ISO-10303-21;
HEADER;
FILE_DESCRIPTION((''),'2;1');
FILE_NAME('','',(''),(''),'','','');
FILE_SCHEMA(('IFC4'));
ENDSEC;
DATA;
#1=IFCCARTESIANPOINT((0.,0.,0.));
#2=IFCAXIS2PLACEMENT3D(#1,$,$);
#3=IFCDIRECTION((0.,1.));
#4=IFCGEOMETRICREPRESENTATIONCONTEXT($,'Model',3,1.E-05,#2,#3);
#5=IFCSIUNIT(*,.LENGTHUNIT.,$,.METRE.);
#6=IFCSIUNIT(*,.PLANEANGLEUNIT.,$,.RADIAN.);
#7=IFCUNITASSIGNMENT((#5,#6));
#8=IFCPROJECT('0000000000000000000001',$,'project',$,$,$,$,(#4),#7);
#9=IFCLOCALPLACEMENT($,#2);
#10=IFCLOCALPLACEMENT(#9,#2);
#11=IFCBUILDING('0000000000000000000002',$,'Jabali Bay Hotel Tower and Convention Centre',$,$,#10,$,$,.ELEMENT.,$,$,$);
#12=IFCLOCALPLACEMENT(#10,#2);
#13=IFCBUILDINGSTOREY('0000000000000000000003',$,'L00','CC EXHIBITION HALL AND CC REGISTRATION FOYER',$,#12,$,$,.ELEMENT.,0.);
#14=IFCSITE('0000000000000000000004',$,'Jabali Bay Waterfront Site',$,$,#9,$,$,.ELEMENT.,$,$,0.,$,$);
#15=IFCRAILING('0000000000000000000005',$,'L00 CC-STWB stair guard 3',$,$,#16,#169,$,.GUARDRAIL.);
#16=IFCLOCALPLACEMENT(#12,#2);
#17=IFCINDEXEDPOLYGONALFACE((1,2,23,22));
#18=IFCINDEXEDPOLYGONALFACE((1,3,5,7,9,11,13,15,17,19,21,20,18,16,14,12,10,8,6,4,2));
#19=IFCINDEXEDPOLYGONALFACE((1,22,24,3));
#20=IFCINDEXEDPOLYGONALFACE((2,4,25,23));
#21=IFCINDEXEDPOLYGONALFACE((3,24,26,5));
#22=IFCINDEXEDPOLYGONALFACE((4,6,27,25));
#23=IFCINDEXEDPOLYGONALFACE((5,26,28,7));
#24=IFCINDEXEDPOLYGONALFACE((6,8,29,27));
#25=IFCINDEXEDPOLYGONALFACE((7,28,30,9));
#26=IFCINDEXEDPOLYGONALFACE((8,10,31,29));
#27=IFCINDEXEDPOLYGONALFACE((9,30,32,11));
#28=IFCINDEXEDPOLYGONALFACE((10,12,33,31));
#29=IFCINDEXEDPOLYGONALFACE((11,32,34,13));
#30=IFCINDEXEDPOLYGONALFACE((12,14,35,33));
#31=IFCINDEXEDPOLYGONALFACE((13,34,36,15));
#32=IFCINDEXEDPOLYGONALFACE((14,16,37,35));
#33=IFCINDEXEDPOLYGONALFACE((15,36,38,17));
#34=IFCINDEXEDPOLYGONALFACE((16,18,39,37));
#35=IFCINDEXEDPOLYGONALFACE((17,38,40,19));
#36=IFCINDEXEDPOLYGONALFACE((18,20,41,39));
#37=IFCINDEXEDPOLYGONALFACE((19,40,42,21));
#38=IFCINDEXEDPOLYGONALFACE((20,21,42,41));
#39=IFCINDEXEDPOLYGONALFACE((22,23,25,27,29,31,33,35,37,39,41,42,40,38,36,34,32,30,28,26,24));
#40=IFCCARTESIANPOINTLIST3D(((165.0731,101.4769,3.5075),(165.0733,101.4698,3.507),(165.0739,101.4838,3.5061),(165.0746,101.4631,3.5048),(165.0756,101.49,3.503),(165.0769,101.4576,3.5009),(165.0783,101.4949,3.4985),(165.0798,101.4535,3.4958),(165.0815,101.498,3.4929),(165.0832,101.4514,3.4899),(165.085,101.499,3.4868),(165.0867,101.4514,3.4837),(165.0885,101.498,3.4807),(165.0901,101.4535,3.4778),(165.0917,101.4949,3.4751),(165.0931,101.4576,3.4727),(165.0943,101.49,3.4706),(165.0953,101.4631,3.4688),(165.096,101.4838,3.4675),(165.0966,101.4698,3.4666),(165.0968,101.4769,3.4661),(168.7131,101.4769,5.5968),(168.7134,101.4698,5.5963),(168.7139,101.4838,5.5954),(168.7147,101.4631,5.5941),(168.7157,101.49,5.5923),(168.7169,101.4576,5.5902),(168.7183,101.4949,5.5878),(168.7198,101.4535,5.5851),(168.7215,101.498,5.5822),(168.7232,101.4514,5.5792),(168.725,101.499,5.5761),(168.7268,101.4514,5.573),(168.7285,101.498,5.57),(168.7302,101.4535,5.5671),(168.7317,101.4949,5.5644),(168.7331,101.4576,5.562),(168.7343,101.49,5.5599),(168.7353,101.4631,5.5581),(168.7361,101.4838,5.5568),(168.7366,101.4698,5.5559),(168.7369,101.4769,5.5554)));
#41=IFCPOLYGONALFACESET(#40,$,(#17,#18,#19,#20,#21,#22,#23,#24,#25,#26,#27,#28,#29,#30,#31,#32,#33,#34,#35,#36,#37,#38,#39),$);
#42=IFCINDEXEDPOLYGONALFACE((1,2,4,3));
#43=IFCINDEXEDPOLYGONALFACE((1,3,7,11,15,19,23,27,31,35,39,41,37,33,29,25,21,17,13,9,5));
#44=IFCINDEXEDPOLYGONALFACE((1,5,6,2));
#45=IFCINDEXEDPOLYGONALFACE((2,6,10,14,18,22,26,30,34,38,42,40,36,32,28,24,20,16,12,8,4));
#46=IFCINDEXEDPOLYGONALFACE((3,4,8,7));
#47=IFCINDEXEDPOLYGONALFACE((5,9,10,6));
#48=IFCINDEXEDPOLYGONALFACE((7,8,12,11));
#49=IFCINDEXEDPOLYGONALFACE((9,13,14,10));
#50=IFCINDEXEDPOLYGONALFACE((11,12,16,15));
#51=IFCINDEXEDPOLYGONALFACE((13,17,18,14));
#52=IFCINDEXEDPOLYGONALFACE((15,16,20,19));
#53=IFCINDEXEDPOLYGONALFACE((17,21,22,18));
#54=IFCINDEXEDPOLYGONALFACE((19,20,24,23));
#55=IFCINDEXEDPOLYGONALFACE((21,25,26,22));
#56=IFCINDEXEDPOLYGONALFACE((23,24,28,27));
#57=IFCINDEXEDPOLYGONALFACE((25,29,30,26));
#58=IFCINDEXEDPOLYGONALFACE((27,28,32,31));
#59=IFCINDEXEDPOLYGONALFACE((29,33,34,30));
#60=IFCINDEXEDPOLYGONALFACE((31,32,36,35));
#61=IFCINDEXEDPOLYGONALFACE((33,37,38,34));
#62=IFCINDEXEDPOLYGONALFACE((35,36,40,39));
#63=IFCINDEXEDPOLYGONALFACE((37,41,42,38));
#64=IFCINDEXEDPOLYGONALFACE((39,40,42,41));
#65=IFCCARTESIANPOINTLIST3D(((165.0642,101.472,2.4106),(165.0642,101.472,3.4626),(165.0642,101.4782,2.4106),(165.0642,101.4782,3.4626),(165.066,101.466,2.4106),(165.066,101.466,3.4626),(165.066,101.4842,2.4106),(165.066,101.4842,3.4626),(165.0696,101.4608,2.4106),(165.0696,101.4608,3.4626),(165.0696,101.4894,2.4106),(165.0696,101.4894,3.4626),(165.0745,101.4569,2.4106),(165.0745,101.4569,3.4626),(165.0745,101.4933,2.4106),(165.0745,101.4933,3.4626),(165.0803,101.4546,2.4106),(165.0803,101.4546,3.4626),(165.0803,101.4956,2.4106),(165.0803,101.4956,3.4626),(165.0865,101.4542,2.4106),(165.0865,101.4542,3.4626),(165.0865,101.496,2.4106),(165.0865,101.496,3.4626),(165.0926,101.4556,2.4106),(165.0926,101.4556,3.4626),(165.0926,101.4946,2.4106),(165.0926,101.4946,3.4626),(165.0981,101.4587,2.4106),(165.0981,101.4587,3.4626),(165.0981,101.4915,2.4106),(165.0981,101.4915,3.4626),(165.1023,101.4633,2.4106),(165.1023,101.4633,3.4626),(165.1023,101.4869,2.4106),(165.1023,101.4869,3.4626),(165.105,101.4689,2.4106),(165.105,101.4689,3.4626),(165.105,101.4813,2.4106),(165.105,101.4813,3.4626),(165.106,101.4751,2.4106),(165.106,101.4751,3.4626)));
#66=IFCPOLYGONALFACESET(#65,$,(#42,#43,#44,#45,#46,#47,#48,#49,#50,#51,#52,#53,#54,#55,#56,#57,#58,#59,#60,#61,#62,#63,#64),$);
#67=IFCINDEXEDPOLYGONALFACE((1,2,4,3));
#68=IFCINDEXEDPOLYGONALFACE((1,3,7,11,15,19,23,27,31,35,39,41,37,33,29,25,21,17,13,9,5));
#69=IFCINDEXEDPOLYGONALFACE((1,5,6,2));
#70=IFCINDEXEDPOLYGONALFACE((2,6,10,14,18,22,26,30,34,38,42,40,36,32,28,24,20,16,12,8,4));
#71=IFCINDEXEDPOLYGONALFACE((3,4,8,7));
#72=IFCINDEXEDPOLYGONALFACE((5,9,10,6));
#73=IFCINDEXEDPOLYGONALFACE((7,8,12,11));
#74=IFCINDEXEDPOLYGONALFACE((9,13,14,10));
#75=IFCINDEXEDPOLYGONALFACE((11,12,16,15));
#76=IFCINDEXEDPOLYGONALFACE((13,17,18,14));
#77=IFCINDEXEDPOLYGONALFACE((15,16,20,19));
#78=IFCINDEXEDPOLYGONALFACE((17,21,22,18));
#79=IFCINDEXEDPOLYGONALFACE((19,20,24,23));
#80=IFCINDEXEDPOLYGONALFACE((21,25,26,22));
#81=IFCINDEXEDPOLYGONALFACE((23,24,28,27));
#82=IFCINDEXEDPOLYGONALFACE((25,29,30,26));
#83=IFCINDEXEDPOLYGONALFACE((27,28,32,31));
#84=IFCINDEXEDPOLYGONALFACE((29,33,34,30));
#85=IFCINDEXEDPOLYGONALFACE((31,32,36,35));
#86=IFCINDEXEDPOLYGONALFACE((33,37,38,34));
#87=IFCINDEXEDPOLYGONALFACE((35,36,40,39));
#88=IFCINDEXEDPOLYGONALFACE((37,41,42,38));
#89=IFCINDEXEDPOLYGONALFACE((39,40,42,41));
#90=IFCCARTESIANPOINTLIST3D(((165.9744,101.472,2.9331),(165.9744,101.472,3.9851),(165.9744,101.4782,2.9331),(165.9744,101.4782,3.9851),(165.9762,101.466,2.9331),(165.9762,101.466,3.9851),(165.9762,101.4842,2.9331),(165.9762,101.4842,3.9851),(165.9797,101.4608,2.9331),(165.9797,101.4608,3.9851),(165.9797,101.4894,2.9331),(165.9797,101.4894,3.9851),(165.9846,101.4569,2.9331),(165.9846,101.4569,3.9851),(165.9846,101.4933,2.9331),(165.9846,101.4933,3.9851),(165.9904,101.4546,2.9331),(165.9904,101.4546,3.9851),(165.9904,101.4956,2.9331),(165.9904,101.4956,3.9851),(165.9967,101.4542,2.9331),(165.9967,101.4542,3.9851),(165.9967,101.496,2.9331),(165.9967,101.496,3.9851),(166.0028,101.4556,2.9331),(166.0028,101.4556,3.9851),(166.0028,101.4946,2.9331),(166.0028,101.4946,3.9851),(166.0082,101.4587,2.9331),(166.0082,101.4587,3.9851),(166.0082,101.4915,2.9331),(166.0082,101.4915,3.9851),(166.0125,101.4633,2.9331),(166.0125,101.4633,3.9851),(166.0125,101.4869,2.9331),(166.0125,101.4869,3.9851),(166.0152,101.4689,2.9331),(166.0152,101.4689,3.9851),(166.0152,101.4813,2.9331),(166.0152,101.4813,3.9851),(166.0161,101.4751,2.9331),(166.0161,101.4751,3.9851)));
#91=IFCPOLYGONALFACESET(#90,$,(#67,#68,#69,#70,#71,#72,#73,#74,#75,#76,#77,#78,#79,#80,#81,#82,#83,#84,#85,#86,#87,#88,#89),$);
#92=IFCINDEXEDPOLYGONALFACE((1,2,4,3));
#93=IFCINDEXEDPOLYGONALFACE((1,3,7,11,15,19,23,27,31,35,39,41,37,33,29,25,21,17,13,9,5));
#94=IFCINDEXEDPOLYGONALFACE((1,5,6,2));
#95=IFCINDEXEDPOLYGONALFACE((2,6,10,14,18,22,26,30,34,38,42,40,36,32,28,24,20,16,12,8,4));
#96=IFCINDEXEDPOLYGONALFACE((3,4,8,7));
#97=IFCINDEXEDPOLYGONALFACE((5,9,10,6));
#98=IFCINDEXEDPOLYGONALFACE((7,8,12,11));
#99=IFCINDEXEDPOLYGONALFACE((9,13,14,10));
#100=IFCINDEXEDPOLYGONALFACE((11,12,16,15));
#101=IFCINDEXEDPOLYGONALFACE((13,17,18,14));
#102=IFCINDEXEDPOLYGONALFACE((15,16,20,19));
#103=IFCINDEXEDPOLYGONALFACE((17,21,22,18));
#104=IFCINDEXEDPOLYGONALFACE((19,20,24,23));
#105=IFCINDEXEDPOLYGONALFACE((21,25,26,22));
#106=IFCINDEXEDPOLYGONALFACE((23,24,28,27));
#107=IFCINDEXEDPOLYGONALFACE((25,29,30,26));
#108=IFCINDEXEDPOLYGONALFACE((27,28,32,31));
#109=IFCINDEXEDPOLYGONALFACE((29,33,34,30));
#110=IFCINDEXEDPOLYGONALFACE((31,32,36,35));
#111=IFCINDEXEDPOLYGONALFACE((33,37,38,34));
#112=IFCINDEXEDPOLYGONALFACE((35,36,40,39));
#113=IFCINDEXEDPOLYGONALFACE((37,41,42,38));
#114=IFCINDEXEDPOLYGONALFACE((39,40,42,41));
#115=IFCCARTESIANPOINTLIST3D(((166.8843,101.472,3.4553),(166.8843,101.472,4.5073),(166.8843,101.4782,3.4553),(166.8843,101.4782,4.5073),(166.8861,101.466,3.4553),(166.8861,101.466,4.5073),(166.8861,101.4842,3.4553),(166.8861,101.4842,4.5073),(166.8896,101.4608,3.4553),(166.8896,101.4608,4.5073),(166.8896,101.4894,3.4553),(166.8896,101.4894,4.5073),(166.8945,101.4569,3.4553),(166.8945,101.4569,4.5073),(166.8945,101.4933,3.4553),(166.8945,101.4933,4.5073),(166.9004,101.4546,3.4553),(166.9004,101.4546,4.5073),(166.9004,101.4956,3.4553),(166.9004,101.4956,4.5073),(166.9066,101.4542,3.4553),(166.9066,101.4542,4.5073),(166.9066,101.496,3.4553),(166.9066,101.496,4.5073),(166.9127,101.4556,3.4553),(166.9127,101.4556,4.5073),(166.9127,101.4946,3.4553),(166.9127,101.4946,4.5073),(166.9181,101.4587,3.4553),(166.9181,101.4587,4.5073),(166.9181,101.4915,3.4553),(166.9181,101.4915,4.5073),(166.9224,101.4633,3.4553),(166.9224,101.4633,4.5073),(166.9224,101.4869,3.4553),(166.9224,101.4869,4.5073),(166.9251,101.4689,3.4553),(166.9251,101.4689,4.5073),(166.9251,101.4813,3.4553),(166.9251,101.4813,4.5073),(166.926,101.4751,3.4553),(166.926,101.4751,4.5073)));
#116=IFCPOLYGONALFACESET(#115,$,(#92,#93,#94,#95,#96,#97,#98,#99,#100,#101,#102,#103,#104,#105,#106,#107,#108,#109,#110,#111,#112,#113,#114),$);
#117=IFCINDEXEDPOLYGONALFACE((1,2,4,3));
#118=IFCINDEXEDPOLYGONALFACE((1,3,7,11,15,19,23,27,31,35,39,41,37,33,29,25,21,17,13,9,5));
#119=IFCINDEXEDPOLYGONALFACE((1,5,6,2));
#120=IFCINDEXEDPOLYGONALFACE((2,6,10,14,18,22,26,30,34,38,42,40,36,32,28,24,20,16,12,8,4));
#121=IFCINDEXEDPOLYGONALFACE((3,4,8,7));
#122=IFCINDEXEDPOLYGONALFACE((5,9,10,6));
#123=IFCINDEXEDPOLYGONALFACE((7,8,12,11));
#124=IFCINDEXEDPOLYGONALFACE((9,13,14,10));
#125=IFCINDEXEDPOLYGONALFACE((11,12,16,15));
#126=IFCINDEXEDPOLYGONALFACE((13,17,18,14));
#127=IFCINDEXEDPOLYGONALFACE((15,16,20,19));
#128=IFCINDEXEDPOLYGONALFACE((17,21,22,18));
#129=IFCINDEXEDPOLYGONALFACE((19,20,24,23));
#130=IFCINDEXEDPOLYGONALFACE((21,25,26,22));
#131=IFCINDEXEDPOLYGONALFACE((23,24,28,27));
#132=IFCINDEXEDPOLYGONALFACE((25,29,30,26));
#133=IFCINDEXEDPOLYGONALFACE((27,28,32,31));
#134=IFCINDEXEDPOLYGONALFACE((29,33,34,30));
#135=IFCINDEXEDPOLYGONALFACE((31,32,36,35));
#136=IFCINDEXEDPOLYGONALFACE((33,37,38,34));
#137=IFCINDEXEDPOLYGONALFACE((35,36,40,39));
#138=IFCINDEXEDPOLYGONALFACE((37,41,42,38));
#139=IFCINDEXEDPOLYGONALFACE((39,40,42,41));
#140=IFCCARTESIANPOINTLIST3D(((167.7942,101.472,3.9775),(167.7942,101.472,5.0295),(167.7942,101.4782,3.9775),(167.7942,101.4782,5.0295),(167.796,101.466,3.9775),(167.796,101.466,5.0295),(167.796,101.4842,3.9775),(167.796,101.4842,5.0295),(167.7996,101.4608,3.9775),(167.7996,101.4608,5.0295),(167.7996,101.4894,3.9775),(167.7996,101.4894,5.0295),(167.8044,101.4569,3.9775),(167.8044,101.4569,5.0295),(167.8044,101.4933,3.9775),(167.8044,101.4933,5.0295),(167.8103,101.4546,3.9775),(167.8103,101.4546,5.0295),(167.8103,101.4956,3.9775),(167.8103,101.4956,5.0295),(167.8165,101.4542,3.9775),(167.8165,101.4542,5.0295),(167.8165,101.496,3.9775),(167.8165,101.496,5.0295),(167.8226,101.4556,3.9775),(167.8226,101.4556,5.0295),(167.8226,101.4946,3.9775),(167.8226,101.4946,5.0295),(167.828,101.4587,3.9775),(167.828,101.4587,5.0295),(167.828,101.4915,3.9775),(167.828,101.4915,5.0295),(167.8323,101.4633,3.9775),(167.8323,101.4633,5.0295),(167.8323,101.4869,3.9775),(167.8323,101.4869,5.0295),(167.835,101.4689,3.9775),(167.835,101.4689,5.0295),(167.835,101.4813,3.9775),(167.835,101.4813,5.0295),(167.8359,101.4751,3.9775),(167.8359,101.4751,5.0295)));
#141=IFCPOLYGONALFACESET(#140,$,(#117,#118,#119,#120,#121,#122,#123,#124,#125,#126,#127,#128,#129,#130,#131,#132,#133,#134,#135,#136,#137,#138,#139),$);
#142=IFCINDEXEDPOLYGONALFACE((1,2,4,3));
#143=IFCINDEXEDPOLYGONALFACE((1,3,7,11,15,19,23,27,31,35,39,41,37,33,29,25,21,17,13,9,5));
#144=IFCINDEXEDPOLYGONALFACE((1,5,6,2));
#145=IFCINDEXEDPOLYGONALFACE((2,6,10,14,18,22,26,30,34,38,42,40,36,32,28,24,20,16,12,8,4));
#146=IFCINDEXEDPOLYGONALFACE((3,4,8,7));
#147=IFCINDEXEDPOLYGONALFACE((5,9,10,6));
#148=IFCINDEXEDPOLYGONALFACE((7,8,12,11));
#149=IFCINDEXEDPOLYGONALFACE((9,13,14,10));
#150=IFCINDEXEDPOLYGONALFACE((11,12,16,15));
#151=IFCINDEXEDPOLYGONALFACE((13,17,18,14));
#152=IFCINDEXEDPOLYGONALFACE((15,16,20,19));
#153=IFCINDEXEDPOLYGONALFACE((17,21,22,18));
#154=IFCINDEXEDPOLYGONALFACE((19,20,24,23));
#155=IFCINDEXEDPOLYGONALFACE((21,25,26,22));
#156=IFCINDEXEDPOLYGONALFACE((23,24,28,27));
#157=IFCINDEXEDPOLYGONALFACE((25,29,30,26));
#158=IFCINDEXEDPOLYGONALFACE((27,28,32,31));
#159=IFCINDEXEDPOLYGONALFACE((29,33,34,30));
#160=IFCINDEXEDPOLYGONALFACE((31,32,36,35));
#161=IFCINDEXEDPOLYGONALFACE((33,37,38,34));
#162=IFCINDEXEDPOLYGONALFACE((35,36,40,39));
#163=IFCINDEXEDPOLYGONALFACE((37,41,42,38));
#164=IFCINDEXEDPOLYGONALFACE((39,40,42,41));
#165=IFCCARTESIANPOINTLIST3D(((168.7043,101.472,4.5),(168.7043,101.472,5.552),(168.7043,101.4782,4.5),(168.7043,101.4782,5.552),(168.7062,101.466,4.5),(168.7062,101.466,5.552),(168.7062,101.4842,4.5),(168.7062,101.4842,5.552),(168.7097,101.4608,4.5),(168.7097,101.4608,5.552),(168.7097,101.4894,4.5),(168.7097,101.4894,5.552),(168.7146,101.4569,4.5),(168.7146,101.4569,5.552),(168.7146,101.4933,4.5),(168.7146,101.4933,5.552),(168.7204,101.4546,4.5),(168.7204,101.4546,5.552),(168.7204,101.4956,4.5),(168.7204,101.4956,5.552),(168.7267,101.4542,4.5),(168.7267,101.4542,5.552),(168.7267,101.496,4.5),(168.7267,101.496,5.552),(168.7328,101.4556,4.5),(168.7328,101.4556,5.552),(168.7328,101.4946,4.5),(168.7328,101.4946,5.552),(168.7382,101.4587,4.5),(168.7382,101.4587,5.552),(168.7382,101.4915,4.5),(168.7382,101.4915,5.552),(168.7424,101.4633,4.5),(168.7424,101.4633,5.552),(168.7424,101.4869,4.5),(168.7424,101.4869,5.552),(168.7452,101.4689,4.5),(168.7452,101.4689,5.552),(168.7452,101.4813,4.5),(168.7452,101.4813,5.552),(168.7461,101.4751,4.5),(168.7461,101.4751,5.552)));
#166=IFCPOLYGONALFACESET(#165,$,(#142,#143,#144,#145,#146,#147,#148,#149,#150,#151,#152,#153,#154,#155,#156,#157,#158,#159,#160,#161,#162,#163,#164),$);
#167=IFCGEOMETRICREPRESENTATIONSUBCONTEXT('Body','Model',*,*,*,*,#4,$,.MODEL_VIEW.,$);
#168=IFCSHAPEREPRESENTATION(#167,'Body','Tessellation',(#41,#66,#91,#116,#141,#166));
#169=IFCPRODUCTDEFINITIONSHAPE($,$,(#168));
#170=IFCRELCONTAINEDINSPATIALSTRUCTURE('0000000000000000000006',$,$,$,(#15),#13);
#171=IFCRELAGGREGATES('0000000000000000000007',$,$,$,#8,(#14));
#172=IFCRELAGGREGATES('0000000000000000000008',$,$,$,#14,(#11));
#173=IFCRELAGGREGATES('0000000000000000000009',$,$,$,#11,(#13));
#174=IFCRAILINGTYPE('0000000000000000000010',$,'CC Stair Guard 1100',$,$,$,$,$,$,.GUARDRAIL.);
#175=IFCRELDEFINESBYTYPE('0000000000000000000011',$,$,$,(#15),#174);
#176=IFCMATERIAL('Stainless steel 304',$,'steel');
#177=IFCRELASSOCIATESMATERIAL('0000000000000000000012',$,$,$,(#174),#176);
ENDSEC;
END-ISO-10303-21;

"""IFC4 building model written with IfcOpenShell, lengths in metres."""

from ifc_helpers import new_model, si_unit, direction, frame, origin, origin_2d, place, context, subcontext, project, spatial, circle, extrude, material, type_object, element, save


model = new_model("IFC4")

# Units and contexts
model_context = context("Model", 3, precision=1e-05, world=origin(), true_north=direction((0.0, 1.0)))
body_context = subcontext(model_context, "Body", "Model", "MODEL_VIEW")
ifc_project = project(units=[si_unit("LENGTHUNIT", "METRE"), si_unit("PLANEANGLEUNIT", "RADIAN")], contexts=[model_context])

# Site, building, storey
site_placement = place(None, origin())
site = spatial("IfcSite", under=ifc_project, at=site_placement, Name="Jabali Bay Waterfront Site", CompositionType="ELEMENT", RefElevation=0.0)
building_placement = place(site_placement, origin())
building = spatial("IfcBuilding", under=site, at=building_placement, Name="Jabali Bay Hotel Tower and Convention Centre", CompositionType="ELEMENT")
storey_placement = place(building_placement, origin())
storey = spatial("IfcBuildingStorey", under=building, at=storey_placement, Name="L00", Description="CC EXHIBITION HALL AND CC REGISTRATION FOYER", CompositionType="ELEMENT", Elevation=0.0)

# Railing
ifc_material_1 = material(Name="Stainless steel 304", Category="steel")
railing_type_1 = type_object("IfcRailingType", Name="CC Stair Guard 1100", PredefinedType="GUARDRAIL", material=ifc_material_1)
railing_1_placement = place(storey_placement, frame((165.085, 101.4751, 2.4106)))
element("IfcRailing", 1, at=railing_1_placement, inside=storey, type_object=railing_type_1, Name="L00 CC-STWB stair guard 3", PredefinedType="GUARDRAIL", context=body_context, shape_type="SweptSolid", body=[
    extrude(circle(Radius=0.0239, at=origin_2d()), frame((0.0, 0.0, 1.0762), z_axis=(0.867289, 0.0, 0.497804), x_axis=(0.0, 1.0, 0.0)), (0.0, 0.0, 1.0), 4.197),
    extrude(circle(Radius=0.021, at=origin_2d()), origin(), (0.0, 0.0, 1.0), 1.052),
    extrude(circle(Radius=0.021, at=origin_2d()), frame((0.9102, 0.0, 0.5225)), (0.0, 0.0, 1.0), 1.052),
    extrude(circle(Radius=0.021, at=origin_2d()), frame((1.8201, 0.0, 1.0447)), (0.0, 0.0, 1.0), 1.052),
    extrude(circle(Radius=0.021, at=origin_2d()), frame((2.73, 0.0, 1.5669)), (0.0, 0.0, 1.0), 1.052),
    extrude(circle(Radius=0.021, at=origin_2d()), frame((3.6401, 0.0, 2.0894)), (0.0, 0.0, 1.0), 1.052),
])

save(model, "model.ifc")
